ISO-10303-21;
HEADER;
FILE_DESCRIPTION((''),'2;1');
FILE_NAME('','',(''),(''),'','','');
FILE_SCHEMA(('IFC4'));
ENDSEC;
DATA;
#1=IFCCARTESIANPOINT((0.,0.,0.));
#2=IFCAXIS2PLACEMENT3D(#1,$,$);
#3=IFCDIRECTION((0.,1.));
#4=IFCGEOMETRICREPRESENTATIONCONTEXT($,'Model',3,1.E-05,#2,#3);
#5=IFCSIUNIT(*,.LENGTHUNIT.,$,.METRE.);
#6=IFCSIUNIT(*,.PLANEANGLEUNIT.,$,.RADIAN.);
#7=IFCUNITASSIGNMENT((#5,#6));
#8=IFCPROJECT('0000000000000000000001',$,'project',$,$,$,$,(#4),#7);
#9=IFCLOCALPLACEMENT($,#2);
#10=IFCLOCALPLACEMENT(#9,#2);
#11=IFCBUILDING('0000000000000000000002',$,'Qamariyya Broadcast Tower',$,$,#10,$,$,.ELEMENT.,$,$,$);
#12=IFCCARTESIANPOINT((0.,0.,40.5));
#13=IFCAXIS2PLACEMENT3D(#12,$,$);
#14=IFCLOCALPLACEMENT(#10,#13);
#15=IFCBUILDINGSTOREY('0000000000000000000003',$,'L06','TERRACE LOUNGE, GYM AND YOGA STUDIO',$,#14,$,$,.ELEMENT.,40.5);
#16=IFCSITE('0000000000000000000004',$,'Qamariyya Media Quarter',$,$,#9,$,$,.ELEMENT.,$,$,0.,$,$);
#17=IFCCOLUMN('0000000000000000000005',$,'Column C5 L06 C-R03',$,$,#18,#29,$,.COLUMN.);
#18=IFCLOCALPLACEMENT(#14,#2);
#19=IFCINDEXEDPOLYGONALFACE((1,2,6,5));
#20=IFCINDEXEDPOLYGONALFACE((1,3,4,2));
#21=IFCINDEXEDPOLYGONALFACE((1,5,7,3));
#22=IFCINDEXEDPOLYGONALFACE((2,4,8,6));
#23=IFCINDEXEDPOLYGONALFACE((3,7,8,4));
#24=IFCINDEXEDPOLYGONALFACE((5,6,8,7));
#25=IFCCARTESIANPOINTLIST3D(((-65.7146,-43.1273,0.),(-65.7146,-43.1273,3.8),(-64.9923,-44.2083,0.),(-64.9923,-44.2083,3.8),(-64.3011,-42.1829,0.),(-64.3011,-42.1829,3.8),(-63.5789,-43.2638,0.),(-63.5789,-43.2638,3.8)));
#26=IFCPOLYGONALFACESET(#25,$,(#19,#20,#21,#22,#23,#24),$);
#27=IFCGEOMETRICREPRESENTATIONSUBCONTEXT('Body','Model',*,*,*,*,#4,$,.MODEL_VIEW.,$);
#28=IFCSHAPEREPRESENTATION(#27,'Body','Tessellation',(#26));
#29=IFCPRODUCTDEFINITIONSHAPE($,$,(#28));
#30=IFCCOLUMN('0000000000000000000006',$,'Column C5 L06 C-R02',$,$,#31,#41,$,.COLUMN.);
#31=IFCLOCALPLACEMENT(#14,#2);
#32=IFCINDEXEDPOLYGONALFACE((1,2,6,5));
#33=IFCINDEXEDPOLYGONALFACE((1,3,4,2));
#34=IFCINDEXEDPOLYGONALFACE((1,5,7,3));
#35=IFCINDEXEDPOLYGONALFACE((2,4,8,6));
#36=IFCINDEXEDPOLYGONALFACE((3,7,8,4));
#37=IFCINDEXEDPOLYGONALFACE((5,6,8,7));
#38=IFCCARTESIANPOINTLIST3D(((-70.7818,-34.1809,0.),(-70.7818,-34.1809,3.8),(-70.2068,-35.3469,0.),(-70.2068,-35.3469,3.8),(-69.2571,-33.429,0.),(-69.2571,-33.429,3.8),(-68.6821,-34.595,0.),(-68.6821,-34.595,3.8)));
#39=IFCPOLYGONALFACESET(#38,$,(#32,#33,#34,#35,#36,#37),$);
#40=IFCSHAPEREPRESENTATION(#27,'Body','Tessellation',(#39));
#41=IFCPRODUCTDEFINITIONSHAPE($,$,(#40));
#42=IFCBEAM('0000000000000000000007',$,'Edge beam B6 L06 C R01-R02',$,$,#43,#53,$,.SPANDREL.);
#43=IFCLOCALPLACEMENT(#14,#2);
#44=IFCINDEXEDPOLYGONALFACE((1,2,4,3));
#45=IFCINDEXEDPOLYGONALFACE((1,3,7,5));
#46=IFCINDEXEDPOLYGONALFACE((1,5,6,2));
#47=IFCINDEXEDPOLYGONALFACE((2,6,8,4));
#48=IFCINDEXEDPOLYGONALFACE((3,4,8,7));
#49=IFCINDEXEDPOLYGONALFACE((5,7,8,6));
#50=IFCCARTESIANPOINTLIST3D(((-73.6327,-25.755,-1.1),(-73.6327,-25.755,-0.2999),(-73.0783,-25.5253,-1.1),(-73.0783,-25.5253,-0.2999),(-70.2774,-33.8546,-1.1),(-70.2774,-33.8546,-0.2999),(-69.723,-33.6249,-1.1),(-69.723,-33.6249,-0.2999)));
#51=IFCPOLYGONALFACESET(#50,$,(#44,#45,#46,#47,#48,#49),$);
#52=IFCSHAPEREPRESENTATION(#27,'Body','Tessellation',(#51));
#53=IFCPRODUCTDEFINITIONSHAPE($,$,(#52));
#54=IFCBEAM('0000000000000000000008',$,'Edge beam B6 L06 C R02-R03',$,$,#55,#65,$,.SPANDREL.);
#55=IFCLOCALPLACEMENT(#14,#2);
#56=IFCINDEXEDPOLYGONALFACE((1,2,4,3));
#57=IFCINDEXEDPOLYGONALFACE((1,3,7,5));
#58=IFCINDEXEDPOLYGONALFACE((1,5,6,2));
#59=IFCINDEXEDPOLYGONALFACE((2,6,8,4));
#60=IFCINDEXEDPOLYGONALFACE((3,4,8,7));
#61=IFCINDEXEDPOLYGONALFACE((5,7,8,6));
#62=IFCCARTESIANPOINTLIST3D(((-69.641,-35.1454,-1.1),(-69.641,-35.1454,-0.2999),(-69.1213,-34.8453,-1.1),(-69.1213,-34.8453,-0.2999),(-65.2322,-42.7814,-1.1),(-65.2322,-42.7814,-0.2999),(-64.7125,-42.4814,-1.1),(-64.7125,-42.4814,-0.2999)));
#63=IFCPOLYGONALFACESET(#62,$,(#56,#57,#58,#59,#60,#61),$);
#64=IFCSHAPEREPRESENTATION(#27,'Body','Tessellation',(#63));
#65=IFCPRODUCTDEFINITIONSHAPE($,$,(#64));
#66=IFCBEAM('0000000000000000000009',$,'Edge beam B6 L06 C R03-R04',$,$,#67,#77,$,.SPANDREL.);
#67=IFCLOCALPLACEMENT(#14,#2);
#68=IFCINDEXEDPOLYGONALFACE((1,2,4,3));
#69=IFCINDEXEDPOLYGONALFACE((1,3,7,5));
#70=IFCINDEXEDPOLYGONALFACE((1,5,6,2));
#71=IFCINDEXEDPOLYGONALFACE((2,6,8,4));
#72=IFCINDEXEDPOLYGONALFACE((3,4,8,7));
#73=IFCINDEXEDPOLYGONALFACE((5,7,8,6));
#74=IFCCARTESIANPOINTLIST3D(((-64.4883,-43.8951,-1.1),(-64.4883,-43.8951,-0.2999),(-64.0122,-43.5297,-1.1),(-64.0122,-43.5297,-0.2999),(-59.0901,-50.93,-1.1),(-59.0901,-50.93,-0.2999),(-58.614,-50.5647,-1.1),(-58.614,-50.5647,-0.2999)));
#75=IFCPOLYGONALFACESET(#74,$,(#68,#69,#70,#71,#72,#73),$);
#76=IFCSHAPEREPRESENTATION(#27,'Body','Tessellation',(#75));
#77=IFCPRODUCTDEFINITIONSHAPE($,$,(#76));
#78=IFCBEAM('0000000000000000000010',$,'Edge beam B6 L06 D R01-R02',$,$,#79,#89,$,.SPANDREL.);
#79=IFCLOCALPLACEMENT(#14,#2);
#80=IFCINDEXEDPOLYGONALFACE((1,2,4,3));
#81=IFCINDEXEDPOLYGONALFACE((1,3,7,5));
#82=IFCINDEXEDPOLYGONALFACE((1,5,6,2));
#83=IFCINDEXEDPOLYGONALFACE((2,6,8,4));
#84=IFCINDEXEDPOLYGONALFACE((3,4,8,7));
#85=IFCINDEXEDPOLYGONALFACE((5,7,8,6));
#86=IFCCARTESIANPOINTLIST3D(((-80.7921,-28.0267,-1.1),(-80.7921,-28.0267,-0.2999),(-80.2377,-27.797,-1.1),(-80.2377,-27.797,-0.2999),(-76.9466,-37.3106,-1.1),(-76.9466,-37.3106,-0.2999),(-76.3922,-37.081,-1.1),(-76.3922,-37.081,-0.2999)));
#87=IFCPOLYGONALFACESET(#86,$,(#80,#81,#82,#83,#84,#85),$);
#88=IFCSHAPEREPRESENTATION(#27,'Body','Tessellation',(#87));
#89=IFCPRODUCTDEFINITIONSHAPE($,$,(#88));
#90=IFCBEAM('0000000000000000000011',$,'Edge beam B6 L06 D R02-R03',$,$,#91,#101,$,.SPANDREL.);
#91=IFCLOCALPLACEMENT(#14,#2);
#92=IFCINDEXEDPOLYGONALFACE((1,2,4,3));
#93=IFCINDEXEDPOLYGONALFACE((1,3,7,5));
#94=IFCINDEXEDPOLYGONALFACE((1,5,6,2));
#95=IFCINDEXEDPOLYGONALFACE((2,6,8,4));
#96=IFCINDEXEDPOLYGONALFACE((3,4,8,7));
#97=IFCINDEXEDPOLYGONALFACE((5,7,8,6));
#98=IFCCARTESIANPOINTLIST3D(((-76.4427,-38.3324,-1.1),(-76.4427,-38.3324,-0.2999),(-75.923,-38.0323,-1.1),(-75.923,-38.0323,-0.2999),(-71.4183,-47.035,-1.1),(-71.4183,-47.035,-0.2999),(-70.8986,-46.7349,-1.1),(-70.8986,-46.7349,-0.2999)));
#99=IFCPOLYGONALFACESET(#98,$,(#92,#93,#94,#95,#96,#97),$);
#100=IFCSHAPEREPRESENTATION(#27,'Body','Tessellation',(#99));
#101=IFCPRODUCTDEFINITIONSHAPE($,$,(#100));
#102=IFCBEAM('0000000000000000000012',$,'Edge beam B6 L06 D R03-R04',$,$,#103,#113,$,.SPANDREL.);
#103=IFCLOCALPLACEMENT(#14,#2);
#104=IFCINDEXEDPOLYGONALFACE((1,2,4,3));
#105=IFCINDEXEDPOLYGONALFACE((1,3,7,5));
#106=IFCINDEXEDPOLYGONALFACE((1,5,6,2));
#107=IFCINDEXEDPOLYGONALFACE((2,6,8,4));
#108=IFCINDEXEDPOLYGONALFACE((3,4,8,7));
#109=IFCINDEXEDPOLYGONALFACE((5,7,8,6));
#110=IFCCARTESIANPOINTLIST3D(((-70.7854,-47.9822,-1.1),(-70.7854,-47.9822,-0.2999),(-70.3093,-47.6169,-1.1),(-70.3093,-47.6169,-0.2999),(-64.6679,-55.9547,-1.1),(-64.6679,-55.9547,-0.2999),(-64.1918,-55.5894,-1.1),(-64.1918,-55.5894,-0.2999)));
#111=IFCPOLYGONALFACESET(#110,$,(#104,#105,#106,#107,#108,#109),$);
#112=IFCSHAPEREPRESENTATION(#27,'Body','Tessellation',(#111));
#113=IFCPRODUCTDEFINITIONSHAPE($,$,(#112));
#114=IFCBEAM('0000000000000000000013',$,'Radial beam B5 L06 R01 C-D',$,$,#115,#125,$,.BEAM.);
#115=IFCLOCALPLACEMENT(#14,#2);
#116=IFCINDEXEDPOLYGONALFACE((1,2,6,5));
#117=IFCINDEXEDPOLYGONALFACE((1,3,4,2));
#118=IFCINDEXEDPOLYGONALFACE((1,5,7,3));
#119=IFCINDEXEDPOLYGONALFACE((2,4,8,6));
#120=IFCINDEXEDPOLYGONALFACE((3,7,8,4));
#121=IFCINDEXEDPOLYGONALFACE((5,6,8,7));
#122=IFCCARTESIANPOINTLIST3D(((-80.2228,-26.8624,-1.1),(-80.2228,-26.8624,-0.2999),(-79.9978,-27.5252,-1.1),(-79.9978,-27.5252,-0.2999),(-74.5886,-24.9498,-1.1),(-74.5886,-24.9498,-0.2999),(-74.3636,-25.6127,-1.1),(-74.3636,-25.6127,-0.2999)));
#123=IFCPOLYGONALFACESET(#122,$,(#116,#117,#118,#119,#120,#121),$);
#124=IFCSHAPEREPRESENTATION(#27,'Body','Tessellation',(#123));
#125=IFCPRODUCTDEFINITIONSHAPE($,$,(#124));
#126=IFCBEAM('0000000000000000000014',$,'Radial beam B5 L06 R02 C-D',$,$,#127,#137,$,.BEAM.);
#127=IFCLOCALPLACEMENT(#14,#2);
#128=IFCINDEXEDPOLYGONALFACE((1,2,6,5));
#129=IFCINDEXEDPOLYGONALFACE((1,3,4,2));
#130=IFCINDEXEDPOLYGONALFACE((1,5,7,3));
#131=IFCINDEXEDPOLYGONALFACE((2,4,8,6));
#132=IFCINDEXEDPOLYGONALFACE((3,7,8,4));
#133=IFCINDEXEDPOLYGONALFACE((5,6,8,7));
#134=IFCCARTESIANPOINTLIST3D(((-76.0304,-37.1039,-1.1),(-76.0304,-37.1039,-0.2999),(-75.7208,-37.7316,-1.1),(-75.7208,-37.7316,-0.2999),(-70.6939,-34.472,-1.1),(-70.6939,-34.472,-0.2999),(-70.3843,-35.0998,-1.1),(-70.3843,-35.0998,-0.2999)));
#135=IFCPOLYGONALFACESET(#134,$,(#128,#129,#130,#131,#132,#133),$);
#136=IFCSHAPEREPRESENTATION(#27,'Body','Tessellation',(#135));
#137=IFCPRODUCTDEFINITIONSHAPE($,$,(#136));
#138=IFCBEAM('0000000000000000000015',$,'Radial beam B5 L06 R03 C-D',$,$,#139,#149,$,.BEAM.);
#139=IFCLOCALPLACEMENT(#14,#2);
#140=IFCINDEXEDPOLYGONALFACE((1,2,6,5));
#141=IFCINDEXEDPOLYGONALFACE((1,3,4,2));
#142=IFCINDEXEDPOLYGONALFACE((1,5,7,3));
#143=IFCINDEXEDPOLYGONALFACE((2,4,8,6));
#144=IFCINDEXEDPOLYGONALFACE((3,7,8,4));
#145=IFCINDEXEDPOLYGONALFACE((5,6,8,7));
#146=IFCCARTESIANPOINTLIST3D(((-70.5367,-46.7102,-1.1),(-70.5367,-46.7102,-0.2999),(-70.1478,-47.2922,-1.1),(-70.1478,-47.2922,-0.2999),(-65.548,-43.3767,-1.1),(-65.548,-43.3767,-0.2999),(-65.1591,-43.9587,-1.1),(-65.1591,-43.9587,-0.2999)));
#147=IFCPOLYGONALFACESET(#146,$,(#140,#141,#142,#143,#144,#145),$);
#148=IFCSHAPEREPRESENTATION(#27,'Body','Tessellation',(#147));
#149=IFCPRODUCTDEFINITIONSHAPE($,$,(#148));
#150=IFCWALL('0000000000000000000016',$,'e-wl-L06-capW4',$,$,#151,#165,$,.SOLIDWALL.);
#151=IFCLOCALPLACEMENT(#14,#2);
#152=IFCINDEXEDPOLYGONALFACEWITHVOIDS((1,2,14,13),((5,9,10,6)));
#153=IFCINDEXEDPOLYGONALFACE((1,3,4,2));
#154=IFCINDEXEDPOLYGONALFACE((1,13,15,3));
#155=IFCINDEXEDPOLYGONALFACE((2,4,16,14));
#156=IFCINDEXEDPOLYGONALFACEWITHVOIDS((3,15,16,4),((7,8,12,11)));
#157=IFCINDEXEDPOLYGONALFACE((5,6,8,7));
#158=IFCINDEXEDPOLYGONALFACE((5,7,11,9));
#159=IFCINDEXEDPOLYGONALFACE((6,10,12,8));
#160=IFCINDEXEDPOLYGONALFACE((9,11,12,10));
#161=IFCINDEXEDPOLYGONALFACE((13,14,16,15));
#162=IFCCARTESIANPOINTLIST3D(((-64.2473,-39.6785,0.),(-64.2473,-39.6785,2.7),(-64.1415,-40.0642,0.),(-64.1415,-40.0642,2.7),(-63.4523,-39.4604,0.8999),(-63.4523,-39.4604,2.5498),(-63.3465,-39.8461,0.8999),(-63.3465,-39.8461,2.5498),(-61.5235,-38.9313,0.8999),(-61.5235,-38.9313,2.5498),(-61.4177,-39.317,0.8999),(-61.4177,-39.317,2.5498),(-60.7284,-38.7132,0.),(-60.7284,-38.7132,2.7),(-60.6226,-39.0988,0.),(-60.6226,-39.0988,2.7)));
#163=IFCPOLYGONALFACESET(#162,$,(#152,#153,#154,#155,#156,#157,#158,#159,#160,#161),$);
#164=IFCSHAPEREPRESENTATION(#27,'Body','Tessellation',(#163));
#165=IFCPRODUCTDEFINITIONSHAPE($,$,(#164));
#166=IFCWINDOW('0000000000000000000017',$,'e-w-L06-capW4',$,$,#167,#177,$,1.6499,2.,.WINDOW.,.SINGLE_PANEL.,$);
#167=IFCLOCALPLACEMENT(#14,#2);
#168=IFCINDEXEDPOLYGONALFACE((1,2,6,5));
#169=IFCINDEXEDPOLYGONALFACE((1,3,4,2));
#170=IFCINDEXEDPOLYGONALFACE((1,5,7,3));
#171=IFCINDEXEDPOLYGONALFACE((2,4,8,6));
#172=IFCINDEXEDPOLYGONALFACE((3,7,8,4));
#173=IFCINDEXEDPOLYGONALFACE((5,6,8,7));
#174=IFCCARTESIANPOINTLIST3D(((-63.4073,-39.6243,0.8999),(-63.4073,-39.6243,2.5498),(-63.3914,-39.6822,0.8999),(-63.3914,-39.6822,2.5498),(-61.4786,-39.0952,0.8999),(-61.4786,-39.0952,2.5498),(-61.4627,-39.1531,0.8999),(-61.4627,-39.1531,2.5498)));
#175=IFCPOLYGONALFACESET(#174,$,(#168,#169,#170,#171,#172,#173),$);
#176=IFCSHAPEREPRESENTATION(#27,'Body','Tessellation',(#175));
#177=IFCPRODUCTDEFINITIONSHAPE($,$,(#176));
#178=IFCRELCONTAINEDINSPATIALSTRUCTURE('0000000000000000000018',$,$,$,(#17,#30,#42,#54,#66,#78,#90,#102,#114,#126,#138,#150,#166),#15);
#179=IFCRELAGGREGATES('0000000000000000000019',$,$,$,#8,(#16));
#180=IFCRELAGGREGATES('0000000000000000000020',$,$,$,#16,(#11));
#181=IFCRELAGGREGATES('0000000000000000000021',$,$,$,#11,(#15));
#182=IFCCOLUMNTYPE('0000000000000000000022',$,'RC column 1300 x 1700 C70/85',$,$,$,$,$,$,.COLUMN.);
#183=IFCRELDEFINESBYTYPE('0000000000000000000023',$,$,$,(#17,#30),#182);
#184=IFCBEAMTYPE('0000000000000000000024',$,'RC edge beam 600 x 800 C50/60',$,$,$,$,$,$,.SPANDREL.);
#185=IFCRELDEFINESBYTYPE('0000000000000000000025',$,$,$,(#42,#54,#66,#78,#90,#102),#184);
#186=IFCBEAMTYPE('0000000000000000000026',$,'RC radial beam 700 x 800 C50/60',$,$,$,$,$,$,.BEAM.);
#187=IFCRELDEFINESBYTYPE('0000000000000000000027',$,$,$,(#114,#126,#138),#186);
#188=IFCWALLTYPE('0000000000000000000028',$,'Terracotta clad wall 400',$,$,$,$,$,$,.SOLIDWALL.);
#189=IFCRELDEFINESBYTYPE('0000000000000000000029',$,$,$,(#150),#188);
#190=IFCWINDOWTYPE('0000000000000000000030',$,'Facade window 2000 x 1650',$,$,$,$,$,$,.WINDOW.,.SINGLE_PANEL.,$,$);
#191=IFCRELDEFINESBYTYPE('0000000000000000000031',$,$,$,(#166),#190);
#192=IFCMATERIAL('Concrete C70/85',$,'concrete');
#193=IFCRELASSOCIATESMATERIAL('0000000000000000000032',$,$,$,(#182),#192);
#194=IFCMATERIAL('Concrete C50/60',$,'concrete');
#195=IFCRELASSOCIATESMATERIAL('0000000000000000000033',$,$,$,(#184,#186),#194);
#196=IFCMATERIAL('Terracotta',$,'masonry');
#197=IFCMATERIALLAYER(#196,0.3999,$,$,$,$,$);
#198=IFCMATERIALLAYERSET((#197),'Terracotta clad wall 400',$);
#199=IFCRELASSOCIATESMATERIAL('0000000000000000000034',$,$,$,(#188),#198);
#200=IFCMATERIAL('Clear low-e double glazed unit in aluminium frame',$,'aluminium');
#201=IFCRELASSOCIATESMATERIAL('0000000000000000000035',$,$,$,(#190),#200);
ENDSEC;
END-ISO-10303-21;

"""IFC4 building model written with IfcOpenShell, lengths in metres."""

from ifc_helpers import new_model, si_unit, direction, frame, frame_2d, origin, origin_2d, place, context, subcontext, project, spatial, rectangle, extrude, material, layer, layer_set, material_profile, profile_set, type_object, element, fill, save


model = new_model("IFC4")

# Units and contexts
model_context = context("Model", 3, precision=1e-05, world=origin(), true_north=direction((0.0, 1.0)))
body_context = subcontext(model_context, "Body", "Model", "MODEL_VIEW")
ifc_project = project(units=[si_unit("LENGTHUNIT", "METRE"), si_unit("PLANEANGLEUNIT", "RADIAN")], contexts=[model_context])

# Site, building, storey
site_placement = place(None, origin())
site = spatial("IfcSite", under=ifc_project, at=site_placement, Name="Qamariyya Media Quarter", CompositionType="ELEMENT", RefElevation=0.0)
building_placement = place(site_placement, origin())
building = spatial("IfcBuilding", under=site, at=building_placement, Name="Qamariyya Broadcast Tower", CompositionType="ELEMENT")
storey_placement = place(building_placement, frame((0.0, 0.0, 40.5)))
storey = spatial("IfcBuildingStorey", under=building, at=storey_placement, Name="L06", Description="TERRACE LOUNGE, GYM AND YOGA STUDIO", CompositionType="ELEMENT", Elevation=40.5)

# Columns
ifc_material_1 = material(Name="Concrete C70/85", Category="concrete")
ifc_material_profile_1 = material_profile(ifc_material_1, rectangle(XDim=1.3, YDim=1.7, at=origin_2d()))
ifc_profile_set_1 = profile_set([ifc_material_profile_1], Name="Concrete C70/85")
column_type = type_object("IfcColumnType", Name="RC column 1300 x 1700 C70/85", PredefinedType="COLUMN", material=ifc_profile_set_1)
for number, where, z_axis, x_axis, name in (
    (1, (-64.6467, -43.1956, 0.0), (0.0, 0.0, 1.0), (0.55557, -0.83147, 0.0), "Column C5 L06 C-R03"),
    (2, (-69.7319, -34.3879, 0.0), (0.0, 0.0, 1.0), (0.442289, -0.896873, 0.0), "Column C5 L06 C-R02"),
):
    element("IfcColumn", number, at=place(storey_placement, frame(where, z_axis=z_axis, x_axis=x_axis)), inside=storey, type_object=column_type, Name=name, PredefinedType="COLUMN", context=body_context, shape_type="SweptSolid", body=[
        extrude(rectangle(XDim=1.3, YDim=1.7, at=origin_2d()), origin(), (0.0, 0.0, 1.0), 3.8),
    ])

# Beams
ifc_material_2 = material(Name="Concrete C50/60", Category="concrete")
ifc_material_profile_2 = material_profile(ifc_material_2, rectangle(XDim=0.6001, YDim=0.8, at=origin_2d()))
ifc_profile_set_2 = profile_set([ifc_material_profile_2], Name="Concrete C50/60")
beam_type_1 = type_object("IfcBeamType", Name="RC edge beam 600 x 800 C50/60", PredefinedType="SPANDREL", material=ifc_profile_set_2)
beam_1_placement = place(storey_placement, frame((-73.3555, -25.6401, -0.7), z_axis=(0.382708, -0.923869, 0.0), x_axis=(0.923869, 0.382708, 0.0)))
element("IfcBeam", 3, at=beam_1_placement, inside=storey, type_object=beam_type_1, Name="Edge beam B6 L06 C R01-R02", PredefinedType="SPANDREL", context=body_context, shape_type="SweptSolid", body=[
    extrude(rectangle(XDim=0.6001, YDim=0.8, at=origin_2d()), origin(), (0.0, 0.0, 1.0), 8.7671),
])
beam_2_placement = place(storey_placement, frame((-69.3811, -34.9954, -0.7), z_axis=(0.500004, -0.866023, 0.0), x_axis=(0.866023, 0.500004, 0.0)))
element("IfcBeam", 4, at=beam_2_placement, inside=storey, type_object=beam_type_1, Name="Edge beam B6 L06 C R02-R03", PredefinedType="SPANDREL", context=body_context, shape_type="SweptSolid", body=[
    extrude(rectangle(XDim=0.6001, YDim=0.8, at=origin_2d()), origin(), (0.0, 0.0, 1.0), 8.8174),
])
beam_3_placement = place(storey_placement, frame((-64.2502, -43.7124, -0.7), z_axis=(0.60877, -0.793347, 0.0), x_axis=(0.793347, 0.60877, 0.0)))
element("IfcBeam", 5, at=beam_3_placement, inside=storey, type_object=beam_type_1, Name="Edge beam B6 L06 C R03-R04", PredefinedType="SPANDREL", context=body_context, shape_type="SweptSolid", body=[
    extrude(rectangle(XDim=0.6001, YDim=0.8, at=origin_2d()), origin(), (0.0, 0.0, 1.0), 8.8674),
])
for number, where, z_axis, x_axis, name in (
    (6, (-80.5149, -27.9119, -0.7), (0.382677, -0.923882, 0.0), (0.923882, 0.382677, 0.0), "Edge beam B6 L06 D R01-R02"),
    (7, (-76.1829, -38.1824, -0.7), (0.499996, -0.866028, 0.0), (0.866028, 0.499996, 0.0), "Edge beam B6 L06 D R02-R03"),
):
    element("IfcBeam", number, at=place(storey_placement, frame(where, z_axis=z_axis, x_axis=x_axis)), inside=storey, type_object=beam_type_1, Name=name, PredefinedType="SPANDREL", context=body_context, shape_type="SweptSolid", body=[
        extrude(rectangle(XDim=0.6001, YDim=0.8, at=origin_2d()), origin(), (0.0, 0.0, 1.0), 10.0488),
    ])
beam_4_placement = place(storey_placement, frame((-70.5474, -47.7996, -0.7), z_axis=(0.60876, -0.793354, 0.0), x_axis=(0.793354, 0.60876, 0.0)))
element("IfcBeam", 8, at=beam_4_placement, inside=storey, type_object=beam_type_1, Name="Edge beam B6 L06 D R03-R04", PredefinedType="SPANDREL", context=body_context, shape_type="SweptSolid", body=[
    extrude(rectangle(XDim=0.6001, YDim=0.8, at=origin_2d()), origin(), (0.0, 0.0, 1.0), 10.0491),
])
ifc_material_profile_3 = material_profile(ifc_material_2, rectangle(XDim=0.7, YDim=0.8, at=origin_2d()))
ifc_profile_set_3 = profile_set([ifc_material_profile_3], Name="Concrete C50/60")
beam_type_2 = type_object("IfcBeamType", Name="RC radial beam 700 x 800 C50/60", PredefinedType="BEAM", material=ifc_profile_set_3)
beam_5_placement = place(storey_placement, frame((-74.4761, -25.2812, -0.7), z_axis=(-0.946929, -0.321442, 0.0), x_axis=(0.321442, -0.946929, 0.0)))
element("IfcBeam", 9, at=beam_5_placement, inside=storey, type_object=beam_type_2, Name="Radial beam B5 L06 R01 C-D", PredefinedType="BEAM", context=body_context, shape_type="SweptSolid", body=[
    extrude(rectangle(XDim=0.7, YDim=0.8, at=origin_2d()), origin(), (0.0, 0.0, 1.0), 5.95),
])
beam_6_placement = place(storey_placement, frame((-70.5391, -34.7859, -0.7), z_axis=(-0.896859, -0.442316, 0.0), x_axis=(0.442316, -0.896859, 0.0)))
element("IfcBeam", 10, at=beam_6_placement, inside=storey, type_object=beam_type_2, Name="Radial beam B5 L06 R02 C-D", PredefinedType="BEAM", context=body_context, shape_type="SweptSolid", body=[
    extrude(rectangle(XDim=0.7, YDim=0.8, at=origin_2d()), origin(), (0.0, 0.0, 1.0), 5.9502),
])
beam_7_placement = place(storey_placement, frame((-65.3535, -43.6677, -0.7), z_axis=(-0.831461, -0.555583, 0.0), x_axis=(0.555583, -0.831461, 0.0)))
element("IfcBeam", 11, at=beam_7_placement, inside=storey, type_object=beam_type_2, Name="Radial beam B5 L06 R03 C-D", PredefinedType="BEAM", context=body_context, shape_type="SweptSolid", body=[
    extrude(rectangle(XDim=0.7, YDim=0.8, at=origin_2d()), origin(), (0.0, 0.0, 1.0), 6.0),
])

# Wall, opening, window
ifc_material_3 = material(Name="Terracotta", Category="masonry")
ifc_layer = layer(ifc_material_3, 0.3999)
ifc_layer_set = layer_set([ifc_layer], Name="Terracotta clad wall 400")
wall_type = type_object("IfcWallType", Name="Terracotta clad wall 400", PredefinedType="SOLIDWALL", material=ifc_layer_set)
wall_1_placement = place(storey_placement, frame((-60.6755, -38.906, 0.0), z_axis=(0.0, 0.0, 1.0), x_axis=(-0.964369, -0.264561, 0.0)))
wall_1 = element("IfcWall", 12, at=wall_1_placement, inside=storey, type_object=wall_type, Name="e-wl-L06-capW4", PredefinedType="SOLIDWALL", context=body_context, shape_type="SweptSolid", body=[
    extrude(rectangle(XDim=3.6489, YDim=0.3999, at=frame_2d((1.8245, 0.0))), origin(), (0.0, 0.0, 1.0), 2.7),
])
opening_1_placement = place(wall_1_placement, frame((0.8245, 0.0, 0.8999)))
opening_1 = element("IfcOpeningElement", 13, at=opening_1_placement, cuts=wall_1, PredefinedType="OPENING", context=body_context, shape_type="SweptSolid", body=[
    extrude(rectangle(XDim=2.0, YDim=1.6499, at=frame_2d((1.0, 0.825))), frame((0.0, 0.21, 0.0), z_axis=(0.0, -1.0, 0.0), x_axis=(1.0, 0.0, 0.0)), (0.0, 0.0, 1.0), 0.4199),
])
ifc_material_4 = material(Name="Clear low-e double glazed unit in aluminium frame", Category="aluminium")
window_type = type_object("IfcWindowType", Name="Facade window 2000 x 1650", PartitioningType="SINGLE_PANEL", PredefinedType="WINDOW", material=ifc_material_4)
window_1_placement = place(opening_1_placement, origin())
window_1 = element("IfcWindow", 14, at=window_1_placement, inside=storey, type_object=window_type, Name="e-w-L06-capW4", OverallHeight=1.6499, OverallWidth=2.0, PartitioningType="SINGLE_PANEL", PredefinedType="WINDOW", context=body_context, shape_type="SweptSolid", body=[
    extrude(rectangle(XDim=2.0, YDim=1.6499, at=frame_2d((1.0, 0.825))), frame((0.0, 0.03, 0.0), z_axis=(0.0, -1.0, 0.0), x_axis=(1.0, 0.0, 0.0)), (0.0, 0.0, 1.0), 0.0601),
])
fill(opening_1, window_1)

save(model, "model.ifc")
